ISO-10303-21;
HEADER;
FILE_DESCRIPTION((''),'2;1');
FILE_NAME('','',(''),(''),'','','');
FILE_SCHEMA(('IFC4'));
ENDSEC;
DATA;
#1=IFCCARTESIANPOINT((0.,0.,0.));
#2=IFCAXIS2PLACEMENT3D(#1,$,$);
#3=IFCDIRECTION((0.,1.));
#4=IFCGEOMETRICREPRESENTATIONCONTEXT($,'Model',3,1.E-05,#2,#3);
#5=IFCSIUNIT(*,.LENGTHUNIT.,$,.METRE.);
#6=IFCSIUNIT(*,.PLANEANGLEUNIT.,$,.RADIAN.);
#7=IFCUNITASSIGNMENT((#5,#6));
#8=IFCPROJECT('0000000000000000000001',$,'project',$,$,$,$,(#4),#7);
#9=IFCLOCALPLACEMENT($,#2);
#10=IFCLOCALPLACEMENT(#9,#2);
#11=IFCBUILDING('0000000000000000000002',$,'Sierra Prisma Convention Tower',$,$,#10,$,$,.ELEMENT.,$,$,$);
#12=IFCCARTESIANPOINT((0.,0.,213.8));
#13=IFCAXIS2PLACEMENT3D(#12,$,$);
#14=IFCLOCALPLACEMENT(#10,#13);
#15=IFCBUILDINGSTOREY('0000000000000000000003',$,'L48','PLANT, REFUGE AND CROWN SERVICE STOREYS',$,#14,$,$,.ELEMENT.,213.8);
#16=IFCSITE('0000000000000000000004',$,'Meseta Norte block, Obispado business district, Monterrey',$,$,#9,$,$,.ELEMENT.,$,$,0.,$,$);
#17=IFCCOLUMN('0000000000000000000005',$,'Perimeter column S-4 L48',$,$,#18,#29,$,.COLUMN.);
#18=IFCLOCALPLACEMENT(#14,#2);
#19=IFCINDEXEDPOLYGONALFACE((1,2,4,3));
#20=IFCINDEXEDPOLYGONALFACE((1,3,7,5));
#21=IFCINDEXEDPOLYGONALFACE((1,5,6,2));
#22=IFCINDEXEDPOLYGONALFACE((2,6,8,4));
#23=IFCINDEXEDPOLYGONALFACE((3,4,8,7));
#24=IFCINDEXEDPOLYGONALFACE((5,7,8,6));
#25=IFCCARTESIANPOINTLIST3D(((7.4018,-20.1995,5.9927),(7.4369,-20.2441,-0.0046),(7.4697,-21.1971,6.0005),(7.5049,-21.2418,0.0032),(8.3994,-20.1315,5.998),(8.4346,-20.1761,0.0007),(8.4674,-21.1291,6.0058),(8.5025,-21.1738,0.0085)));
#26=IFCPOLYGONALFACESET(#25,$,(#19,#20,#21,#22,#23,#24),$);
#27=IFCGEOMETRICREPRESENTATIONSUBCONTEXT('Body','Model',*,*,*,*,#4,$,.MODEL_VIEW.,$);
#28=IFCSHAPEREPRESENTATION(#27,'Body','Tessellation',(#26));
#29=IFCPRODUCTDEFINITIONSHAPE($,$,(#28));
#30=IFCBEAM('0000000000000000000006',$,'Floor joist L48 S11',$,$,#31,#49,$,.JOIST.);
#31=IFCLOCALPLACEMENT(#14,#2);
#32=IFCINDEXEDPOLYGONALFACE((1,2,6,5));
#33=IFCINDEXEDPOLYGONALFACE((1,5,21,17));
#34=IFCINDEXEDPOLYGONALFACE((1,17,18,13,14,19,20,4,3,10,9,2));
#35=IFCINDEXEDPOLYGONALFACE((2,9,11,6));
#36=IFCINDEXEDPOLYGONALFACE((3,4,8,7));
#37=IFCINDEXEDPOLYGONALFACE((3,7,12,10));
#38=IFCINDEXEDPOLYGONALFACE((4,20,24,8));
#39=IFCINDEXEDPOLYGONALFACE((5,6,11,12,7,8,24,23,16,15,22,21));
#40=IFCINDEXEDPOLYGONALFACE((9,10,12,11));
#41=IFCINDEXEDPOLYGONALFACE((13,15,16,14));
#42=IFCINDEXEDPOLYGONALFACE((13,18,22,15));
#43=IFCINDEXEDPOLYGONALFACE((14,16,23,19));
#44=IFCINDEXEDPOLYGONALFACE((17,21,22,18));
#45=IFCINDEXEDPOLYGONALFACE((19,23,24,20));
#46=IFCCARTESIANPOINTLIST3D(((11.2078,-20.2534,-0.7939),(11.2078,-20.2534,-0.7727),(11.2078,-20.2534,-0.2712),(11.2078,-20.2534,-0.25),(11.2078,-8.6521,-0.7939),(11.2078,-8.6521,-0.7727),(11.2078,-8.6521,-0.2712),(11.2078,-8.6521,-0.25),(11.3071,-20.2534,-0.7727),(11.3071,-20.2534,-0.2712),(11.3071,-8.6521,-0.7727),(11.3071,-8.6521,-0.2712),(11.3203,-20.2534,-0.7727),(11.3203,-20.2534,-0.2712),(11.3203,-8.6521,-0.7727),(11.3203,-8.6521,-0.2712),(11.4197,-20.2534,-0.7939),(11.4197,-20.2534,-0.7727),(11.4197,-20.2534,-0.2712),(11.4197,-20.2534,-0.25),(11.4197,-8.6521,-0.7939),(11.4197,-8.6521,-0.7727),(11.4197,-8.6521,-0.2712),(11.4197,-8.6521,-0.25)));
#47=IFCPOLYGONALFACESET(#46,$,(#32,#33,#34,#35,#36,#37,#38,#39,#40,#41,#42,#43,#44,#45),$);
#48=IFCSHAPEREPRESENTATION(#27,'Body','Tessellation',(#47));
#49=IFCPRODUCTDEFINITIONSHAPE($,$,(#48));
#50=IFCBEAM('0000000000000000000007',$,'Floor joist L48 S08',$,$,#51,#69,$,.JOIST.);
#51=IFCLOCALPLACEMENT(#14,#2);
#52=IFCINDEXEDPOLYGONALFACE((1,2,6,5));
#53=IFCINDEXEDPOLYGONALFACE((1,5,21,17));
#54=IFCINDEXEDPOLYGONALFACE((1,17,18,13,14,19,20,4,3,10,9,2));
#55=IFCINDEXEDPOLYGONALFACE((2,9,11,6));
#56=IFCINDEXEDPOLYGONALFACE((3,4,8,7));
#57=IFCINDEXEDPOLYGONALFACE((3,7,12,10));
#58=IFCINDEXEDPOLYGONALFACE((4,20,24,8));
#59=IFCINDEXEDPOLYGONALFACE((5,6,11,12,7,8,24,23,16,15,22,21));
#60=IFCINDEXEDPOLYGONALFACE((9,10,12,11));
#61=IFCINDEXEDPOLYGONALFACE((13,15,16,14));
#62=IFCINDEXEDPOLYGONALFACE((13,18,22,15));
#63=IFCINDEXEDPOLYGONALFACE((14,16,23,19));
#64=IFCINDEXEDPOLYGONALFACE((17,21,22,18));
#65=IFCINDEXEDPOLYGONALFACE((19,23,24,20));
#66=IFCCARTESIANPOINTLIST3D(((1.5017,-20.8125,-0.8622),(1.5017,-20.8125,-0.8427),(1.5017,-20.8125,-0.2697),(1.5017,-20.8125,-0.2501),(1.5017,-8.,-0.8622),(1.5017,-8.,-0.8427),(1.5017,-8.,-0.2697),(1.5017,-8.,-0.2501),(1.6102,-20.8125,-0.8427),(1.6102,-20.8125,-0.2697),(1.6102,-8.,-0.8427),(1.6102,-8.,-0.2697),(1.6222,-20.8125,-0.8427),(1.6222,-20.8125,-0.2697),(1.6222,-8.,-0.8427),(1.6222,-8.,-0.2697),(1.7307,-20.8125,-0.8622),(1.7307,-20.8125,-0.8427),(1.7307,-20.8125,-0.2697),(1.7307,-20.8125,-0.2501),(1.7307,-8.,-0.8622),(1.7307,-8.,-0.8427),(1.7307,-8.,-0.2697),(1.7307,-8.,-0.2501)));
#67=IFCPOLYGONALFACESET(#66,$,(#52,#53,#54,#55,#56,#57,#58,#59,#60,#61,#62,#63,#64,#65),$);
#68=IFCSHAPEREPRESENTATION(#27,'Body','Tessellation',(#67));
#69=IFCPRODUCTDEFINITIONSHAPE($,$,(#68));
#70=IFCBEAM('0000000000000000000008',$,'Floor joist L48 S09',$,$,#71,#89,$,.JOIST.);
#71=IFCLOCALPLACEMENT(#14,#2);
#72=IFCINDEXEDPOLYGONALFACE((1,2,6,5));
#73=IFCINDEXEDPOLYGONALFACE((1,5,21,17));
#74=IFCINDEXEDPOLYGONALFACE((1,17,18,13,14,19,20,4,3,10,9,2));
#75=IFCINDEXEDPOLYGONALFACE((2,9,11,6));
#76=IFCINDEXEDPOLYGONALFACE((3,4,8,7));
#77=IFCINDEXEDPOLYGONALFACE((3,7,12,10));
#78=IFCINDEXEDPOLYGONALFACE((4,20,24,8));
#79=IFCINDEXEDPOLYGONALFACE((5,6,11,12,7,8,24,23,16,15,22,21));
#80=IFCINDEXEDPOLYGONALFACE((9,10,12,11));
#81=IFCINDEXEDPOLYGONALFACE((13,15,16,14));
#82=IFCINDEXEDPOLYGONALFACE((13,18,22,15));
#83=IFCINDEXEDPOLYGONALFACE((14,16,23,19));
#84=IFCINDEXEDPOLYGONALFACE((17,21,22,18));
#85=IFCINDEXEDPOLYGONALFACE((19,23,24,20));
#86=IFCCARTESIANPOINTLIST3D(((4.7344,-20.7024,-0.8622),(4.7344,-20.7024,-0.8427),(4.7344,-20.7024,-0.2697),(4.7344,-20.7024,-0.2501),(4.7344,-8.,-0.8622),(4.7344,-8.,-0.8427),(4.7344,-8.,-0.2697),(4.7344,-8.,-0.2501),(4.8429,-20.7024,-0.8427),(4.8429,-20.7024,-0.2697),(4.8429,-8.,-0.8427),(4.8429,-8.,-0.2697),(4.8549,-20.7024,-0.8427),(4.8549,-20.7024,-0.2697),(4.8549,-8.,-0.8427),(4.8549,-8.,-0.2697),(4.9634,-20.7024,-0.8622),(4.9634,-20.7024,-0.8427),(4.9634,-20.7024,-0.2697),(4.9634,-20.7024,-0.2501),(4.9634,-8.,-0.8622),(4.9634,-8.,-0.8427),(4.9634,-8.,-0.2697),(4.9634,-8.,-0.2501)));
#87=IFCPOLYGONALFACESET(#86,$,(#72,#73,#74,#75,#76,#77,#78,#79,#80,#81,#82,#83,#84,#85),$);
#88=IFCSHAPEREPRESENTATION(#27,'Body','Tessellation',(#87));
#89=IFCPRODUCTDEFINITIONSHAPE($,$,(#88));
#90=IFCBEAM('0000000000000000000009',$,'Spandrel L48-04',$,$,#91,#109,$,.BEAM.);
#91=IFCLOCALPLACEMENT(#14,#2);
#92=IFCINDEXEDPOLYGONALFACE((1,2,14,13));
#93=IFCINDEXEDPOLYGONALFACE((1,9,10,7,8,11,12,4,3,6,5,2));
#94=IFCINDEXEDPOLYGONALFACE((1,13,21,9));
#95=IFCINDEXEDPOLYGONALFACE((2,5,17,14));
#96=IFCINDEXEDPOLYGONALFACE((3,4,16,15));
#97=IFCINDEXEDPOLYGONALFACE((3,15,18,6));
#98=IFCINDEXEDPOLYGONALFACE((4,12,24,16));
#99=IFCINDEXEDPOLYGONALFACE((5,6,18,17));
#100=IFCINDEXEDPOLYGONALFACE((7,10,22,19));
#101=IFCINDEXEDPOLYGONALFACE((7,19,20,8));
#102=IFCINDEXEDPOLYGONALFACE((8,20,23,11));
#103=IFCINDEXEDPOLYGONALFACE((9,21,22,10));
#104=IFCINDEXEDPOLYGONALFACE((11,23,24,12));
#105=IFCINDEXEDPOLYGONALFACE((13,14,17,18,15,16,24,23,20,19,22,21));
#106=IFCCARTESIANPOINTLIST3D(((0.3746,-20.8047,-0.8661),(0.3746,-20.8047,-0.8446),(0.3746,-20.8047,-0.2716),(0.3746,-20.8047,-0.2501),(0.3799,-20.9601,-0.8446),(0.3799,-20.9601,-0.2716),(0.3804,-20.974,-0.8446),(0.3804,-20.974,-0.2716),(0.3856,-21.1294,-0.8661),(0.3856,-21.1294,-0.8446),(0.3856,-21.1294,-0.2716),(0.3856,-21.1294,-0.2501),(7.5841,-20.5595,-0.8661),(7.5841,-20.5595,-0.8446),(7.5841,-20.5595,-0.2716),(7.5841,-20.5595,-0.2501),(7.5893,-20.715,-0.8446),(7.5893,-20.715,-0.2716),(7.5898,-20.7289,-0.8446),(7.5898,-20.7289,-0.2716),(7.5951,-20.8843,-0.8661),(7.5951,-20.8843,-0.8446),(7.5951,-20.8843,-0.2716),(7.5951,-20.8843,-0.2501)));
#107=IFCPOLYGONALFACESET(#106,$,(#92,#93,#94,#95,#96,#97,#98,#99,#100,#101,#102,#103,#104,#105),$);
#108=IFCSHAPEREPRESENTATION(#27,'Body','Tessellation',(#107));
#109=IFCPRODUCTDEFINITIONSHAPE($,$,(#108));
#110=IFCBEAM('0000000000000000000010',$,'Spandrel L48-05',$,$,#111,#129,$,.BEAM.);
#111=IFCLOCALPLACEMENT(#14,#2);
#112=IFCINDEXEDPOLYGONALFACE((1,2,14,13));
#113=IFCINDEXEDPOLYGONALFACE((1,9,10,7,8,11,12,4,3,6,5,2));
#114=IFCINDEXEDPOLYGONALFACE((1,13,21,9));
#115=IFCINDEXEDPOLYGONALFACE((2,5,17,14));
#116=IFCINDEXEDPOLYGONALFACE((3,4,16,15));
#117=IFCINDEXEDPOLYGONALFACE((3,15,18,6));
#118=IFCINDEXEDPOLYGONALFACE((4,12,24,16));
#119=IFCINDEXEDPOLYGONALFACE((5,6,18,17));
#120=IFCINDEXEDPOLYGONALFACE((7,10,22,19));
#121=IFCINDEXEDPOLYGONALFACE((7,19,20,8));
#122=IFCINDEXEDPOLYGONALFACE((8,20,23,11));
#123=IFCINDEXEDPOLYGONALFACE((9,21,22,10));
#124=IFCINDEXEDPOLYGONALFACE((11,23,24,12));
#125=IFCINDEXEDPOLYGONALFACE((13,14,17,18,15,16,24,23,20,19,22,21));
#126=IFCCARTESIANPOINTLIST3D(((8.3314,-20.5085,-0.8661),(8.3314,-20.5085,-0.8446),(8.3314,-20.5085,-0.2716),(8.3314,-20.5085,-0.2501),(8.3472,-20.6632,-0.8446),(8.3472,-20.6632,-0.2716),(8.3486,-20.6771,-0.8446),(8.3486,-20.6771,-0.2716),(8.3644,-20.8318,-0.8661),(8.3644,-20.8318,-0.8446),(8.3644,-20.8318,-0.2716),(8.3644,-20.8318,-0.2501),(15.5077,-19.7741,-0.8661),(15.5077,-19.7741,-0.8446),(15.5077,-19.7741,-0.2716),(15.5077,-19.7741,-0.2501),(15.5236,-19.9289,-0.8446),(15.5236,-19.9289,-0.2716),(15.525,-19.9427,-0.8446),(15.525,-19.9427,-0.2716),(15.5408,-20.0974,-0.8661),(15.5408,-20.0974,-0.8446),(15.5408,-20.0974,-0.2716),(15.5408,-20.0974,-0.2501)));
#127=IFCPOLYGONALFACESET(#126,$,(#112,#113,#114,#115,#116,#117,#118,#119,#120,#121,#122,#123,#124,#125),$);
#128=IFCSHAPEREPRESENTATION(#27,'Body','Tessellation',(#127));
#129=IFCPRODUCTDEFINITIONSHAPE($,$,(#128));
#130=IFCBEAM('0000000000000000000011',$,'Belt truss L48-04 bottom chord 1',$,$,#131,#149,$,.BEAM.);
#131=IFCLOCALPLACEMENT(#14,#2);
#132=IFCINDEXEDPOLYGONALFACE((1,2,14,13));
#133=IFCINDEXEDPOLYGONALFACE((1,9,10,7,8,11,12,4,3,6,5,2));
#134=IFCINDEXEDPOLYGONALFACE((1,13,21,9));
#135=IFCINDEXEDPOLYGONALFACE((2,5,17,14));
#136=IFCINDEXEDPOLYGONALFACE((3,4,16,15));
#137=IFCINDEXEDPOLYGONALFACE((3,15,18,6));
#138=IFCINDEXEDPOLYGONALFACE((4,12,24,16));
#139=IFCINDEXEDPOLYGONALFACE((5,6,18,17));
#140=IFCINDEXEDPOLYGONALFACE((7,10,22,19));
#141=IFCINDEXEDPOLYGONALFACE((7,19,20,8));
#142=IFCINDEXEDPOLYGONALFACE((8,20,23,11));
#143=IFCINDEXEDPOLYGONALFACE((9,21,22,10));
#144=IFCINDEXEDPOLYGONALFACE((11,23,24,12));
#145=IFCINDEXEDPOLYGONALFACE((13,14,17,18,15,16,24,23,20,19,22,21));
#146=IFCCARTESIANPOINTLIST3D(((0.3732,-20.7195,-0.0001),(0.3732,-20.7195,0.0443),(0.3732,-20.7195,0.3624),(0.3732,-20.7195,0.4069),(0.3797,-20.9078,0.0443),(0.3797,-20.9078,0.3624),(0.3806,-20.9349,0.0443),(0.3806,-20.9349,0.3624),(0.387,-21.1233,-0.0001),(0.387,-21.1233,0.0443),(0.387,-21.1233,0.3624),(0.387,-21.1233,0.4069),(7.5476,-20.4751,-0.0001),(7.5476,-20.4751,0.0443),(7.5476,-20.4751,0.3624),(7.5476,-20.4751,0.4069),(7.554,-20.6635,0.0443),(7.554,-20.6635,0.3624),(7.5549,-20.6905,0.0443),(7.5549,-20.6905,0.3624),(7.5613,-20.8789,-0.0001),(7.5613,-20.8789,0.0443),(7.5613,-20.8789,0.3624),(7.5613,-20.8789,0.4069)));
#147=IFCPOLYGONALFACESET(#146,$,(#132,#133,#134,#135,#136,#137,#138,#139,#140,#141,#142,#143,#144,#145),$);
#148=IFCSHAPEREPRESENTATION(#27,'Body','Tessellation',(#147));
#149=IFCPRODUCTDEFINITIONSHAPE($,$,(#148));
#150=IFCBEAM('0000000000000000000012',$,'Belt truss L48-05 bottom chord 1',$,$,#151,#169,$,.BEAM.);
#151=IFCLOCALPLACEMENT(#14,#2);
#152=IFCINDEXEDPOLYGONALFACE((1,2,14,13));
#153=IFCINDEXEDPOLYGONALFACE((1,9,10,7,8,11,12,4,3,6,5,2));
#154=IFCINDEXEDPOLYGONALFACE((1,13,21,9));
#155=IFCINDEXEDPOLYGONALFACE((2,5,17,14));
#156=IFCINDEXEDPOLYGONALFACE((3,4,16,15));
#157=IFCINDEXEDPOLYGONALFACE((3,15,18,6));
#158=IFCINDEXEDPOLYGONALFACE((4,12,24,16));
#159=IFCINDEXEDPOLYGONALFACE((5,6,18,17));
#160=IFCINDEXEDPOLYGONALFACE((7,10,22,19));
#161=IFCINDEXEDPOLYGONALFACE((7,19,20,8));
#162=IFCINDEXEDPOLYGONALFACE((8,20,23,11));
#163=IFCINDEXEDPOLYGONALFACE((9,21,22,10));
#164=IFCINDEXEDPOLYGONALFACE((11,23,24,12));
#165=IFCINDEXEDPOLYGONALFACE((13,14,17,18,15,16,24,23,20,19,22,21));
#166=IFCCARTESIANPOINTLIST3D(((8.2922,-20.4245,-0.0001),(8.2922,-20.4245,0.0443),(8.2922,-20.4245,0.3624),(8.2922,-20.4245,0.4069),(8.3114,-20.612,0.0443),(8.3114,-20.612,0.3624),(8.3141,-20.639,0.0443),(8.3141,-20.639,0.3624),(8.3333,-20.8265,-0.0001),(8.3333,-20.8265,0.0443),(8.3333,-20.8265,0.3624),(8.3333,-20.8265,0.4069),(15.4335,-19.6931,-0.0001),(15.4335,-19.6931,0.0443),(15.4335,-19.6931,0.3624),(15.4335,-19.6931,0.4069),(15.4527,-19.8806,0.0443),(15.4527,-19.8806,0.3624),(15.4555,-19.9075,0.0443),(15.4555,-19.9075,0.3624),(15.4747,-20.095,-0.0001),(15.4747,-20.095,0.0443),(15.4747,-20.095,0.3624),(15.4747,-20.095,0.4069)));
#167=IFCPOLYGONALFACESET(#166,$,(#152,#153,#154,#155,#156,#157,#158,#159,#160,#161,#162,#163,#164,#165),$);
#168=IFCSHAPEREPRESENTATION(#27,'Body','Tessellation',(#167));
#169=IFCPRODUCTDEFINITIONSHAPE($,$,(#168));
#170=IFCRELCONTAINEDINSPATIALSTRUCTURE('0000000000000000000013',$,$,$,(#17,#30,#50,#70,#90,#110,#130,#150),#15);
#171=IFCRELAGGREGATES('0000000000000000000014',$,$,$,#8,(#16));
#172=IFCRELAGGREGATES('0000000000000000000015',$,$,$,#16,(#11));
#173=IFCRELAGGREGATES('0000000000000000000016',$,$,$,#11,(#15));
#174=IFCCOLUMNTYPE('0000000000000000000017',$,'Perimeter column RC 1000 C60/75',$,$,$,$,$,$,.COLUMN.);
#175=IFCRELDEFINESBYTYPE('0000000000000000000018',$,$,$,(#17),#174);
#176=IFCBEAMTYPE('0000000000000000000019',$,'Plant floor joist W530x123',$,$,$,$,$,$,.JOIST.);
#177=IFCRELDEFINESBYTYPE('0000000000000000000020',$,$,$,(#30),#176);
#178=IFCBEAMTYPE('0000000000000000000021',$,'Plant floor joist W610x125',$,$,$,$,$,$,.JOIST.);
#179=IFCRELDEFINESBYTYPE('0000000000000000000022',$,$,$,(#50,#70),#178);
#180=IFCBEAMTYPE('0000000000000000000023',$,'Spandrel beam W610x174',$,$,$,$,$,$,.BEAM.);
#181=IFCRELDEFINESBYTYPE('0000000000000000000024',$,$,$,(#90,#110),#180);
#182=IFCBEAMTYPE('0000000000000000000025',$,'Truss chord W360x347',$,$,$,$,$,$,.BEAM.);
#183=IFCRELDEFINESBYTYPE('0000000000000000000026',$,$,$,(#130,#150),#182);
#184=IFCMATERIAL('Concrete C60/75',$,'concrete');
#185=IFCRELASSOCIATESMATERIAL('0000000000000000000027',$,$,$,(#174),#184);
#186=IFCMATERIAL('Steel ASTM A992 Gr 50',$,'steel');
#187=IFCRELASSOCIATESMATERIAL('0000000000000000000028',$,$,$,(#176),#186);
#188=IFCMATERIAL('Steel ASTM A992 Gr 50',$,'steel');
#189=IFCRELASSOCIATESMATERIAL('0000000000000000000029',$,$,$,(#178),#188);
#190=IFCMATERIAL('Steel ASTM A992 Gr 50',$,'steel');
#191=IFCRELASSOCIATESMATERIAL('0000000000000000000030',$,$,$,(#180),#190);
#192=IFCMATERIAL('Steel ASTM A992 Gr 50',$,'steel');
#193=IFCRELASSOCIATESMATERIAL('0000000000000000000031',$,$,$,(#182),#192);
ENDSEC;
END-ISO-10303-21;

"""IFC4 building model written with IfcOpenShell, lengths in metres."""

from ifc_helpers import new_model, si_unit, direction, frame, origin, origin_2d, place, context, subcontext, project, spatial, rectangle, i_section, extrude, clip, halfspace, material, material_profile, profile_set, type_object, element, save


model = new_model("IFC4")

# Units and contexts
model_context = context("Model", 3, precision=1e-05, world=origin(), true_north=direction((0.0, 1.0)))
body_context = subcontext(model_context, "Body", "Model", "MODEL_VIEW")
ifc_project = project(units=[si_unit("LENGTHUNIT", "METRE"), si_unit("PLANEANGLEUNIT", "RADIAN")], contexts=[model_context])

# Site, building, storey
site_placement = place(None, origin())
site = spatial("IfcSite", under=ifc_project, at=site_placement, Name="Meseta Norte block, Obispado business district, Monterrey", CompositionType="ELEMENT", RefElevation=0.0)
building_placement = place(site_placement, origin())
building = spatial("IfcBuilding", under=site, at=building_placement, Name="Sierra Prisma Convention Tower", CompositionType="ELEMENT")
storey_placement = place(building_placement, frame((0.0, 0.0, 213.8)))
storey = spatial("IfcBuildingStorey", under=building, at=storey_placement, Name="L48", Description="PLANT, REFUGE AND CROWN SERVICE STOREYS", CompositionType="ELEMENT", Elevation=213.8)

# Column
ifc_material_1 = material(Name="Concrete C60/75", Category="concrete")
ifc_material_profile_1 = material_profile(ifc_material_1, rectangle(XDim=1.0, YDim=1.0, at=origin_2d()), Name="Perimeter column RC 1000 C60/75")
ifc_profile_set_1 = profile_set([ifc_material_profile_1], Name="Concrete C60/75")
column_type = type_object("IfcColumnType", Name="Perimeter column RC 1000 C60/75", PredefinedType="COLUMN", material=ifc_profile_set_1)
column_placement = place(storey_placement, frame((7.9697, -20.709, 0.0), z_axis=(-0.005859, 0.007446, 0.999955), x_axis=(0.997672, 0.067987, 0.005339)))
element("IfcColumn", 1, at=column_placement, inside=storey, type_object=column_type, Name="Perimeter column S-4 L48", PredefinedType="COLUMN", context=body_context, shape_type="SweptSolid", body=[
    clip(clip(extrude(rectangle(XDim=1.0, YDim=1.0, at=origin_2d()), origin(), (0.0, 0.0, 1.0), 6.0002), halfspace(frame((0.0, 0.0, 0.002)), True)), halfspace(frame((0.0, 0.0, 5.9995)), False)),
])

# Beams
ifc_material_2 = material(Name="Steel ASTM A992 Gr 50", Category="steel")
ifc_material_profile_2 = material_profile(ifc_material_2, i_section(OverallWidth=0.2119, OverallDepth=0.5439, WebThickness=0.0132, FlangeThickness=0.0212, at=origin_2d()), Name="W530x123")
ifc_profile_set_2 = profile_set([ifc_material_profile_2], Name="Steel ASTM A992 Gr 50")
beam_type_1 = type_object("IfcBeamType", Name="Plant floor joist W530x123", PredefinedType="JOIST", material=ifc_profile_set_2)
beam_1_placement = place(storey_placement, frame((11.3137, -20.2534, -0.522), z_axis=(0.0, 1.0, 0.0), x_axis=(-1.0, 0.0, 0.0)))
element("IfcBeam", 2, at=beam_1_placement, inside=storey, type_object=beam_type_1, Name="Floor joist L48 S11", PredefinedType="JOIST", context=body_context, shape_type="SweptSolid", body=[
    extrude(i_section(OverallWidth=0.2119, OverallDepth=0.5439, WebThickness=0.0132, FlangeThickness=0.0212, at=origin_2d()), origin(), (0.0, 0.0, 1.0), 11.6013),
])
ifc_material_3 = material(Name="Steel ASTM A992 Gr 50", Category="steel")
ifc_material_profile_3 = material_profile(ifc_material_3, i_section(OverallWidth=0.229, OverallDepth=0.6121, WebThickness=0.012, FlangeThickness=0.0195, at=origin_2d()), Name="W610x125")
ifc_profile_set_3 = profile_set([ifc_material_profile_3], Name="Steel ASTM A992 Gr 50")
beam_type_2 = type_object("IfcBeamType", Name="Plant floor joist W610x125", PredefinedType="JOIST", material=ifc_profile_set_3)
beam_2_placement = place(storey_placement, frame((1.6162, -20.8125, -0.5562), z_axis=(0.0, 1.0, 0.0), x_axis=(-1.0, 0.0, 0.0)))
element("IfcBeam", 3, at=beam_2_placement, inside=storey, type_object=beam_type_2, Name="Floor joist L48 S08", PredefinedType="JOIST", context=body_context, shape_type="SweptSolid", body=[
    extrude(i_section(OverallWidth=0.229, OverallDepth=0.6121, WebThickness=0.012, FlangeThickness=0.0195, at=origin_2d()), origin(), (0.0, 0.0, 1.0), 12.8125),
])
beam_3_placement = place(storey_placement, frame((4.8489, -20.7024, -0.5562), z_axis=(0.0, 1.0, 0.0), x_axis=(-1.0, 0.0, 0.0)))
element("IfcBeam", 4, at=beam_3_placement, inside=storey, type_object=beam_type_2, Name="Floor joist L48 S09", PredefinedType="JOIST", context=body_context, shape_type="SweptSolid", body=[
    extrude(i_section(OverallWidth=0.229, OverallDepth=0.6121, WebThickness=0.012, FlangeThickness=0.0195, at=origin_2d()), origin(), (0.0, 0.0, 1.0), 12.7024),
])
ifc_material_4 = material(Name="Steel ASTM A992 Gr 50", Category="steel")
ifc_material_profile_4 = material_profile(ifc_material_4, i_section(OverallWidth=0.325, OverallDepth=0.616, WebThickness=0.0139, FlangeThickness=0.0215, at=origin_2d()), Name="W610x174")
ifc_profile_set_4 = profile_set([ifc_material_profile_4], Name="Steel ASTM A992 Gr 50")
beam_type_3 = type_object("IfcBeamType", Name="Spandrel beam W610x174", PredefinedType="BEAM", material=ifc_profile_set_4)
beam_4_placement = place(storey_placement, frame((0.3801, -20.967, -0.5581), z_axis=(0.999423, 0.03398, 0.0), x_axis=(-0.03398, 0.999423, 0.0)))
element("IfcBeam", 5, at=beam_4_placement, inside=storey, type_object=beam_type_3, Name="Spandrel L48-04", PredefinedType="BEAM", context=body_context, shape_type="SweptSolid", body=[
    extrude(i_section(OverallWidth=0.325, OverallDepth=0.616, WebThickness=0.0139, FlangeThickness=0.0215, at=origin_2d()), origin(), (0.0, 0.0, 1.0), 7.2136),
])
beam_5_placement = place(storey_placement, frame((8.3479, -20.6702, -0.5581), z_axis=(0.994805, 0.101802, 0.0), x_axis=(-0.101802, 0.994805, 0.0)))
element("IfcBeam", 6, at=beam_5_placement, inside=storey, type_object=beam_type_3, Name="Spandrel L48-05", PredefinedType="BEAM", context=body_context, shape_type="SweptSolid", body=[
    extrude(i_section(OverallWidth=0.325, OverallDepth=0.616, WebThickness=0.0139, FlangeThickness=0.0215, at=origin_2d()), origin(), (0.0, 0.0, 1.0), 7.2139),
])
ifc_material_5 = material(Name="Steel ASTM A992 Gr 50", Category="steel")
ifc_material_profile_5 = material_profile(ifc_material_5, i_section(OverallWidth=0.4041, OverallDepth=0.407, WebThickness=0.0271, FlangeThickness=0.0444, at=origin_2d()), Name="W360x347")
ifc_profile_set_5 = profile_set([ifc_material_profile_5], Name="Steel ASTM A992 Gr 50")
beam_type_4 = type_object("IfcBeamType", Name="Truss chord W360x347", PredefinedType="BEAM", material=ifc_profile_set_5)
beam_6_placement = place(storey_placement, frame((0.3801, -20.9214, 0.2034), z_axis=(0.99942, 0.034044, 0.0), x_axis=(-0.034044, 0.99942, 0.0)))
element("IfcBeam", 7, at=beam_6_placement, inside=storey, type_object=beam_type_4, Name="Belt truss L48-04 bottom chord 1", PredefinedType="BEAM", context=body_context, shape_type="SweptSolid", body=[
    extrude(i_section(OverallWidth=0.4041, OverallDepth=0.407, WebThickness=0.0271, FlangeThickness=0.0444, at=origin_2d()), origin(), (0.0, 0.0, 1.0), 7.1785),
])
beam_7_placement = place(storey_placement, frame((8.3127, -20.6255, 0.2034), z_axis=(0.994796, 0.101891, 0.0), x_axis=(-0.101891, 0.994796, 0.0)))
element("IfcBeam", 8, at=beam_7_placement, inside=storey, type_object=beam_type_4, Name="Belt truss L48-05 bottom chord 1", PredefinedType="BEAM", context=body_context, shape_type="SweptSolid", body=[
    extrude(i_section(OverallWidth=0.4041, OverallDepth=0.407, WebThickness=0.0271, FlangeThickness=0.0444, at=origin_2d()), origin(), (0.0, 0.0, 1.0), 7.1787),
])

save(model, "model.ifc")
